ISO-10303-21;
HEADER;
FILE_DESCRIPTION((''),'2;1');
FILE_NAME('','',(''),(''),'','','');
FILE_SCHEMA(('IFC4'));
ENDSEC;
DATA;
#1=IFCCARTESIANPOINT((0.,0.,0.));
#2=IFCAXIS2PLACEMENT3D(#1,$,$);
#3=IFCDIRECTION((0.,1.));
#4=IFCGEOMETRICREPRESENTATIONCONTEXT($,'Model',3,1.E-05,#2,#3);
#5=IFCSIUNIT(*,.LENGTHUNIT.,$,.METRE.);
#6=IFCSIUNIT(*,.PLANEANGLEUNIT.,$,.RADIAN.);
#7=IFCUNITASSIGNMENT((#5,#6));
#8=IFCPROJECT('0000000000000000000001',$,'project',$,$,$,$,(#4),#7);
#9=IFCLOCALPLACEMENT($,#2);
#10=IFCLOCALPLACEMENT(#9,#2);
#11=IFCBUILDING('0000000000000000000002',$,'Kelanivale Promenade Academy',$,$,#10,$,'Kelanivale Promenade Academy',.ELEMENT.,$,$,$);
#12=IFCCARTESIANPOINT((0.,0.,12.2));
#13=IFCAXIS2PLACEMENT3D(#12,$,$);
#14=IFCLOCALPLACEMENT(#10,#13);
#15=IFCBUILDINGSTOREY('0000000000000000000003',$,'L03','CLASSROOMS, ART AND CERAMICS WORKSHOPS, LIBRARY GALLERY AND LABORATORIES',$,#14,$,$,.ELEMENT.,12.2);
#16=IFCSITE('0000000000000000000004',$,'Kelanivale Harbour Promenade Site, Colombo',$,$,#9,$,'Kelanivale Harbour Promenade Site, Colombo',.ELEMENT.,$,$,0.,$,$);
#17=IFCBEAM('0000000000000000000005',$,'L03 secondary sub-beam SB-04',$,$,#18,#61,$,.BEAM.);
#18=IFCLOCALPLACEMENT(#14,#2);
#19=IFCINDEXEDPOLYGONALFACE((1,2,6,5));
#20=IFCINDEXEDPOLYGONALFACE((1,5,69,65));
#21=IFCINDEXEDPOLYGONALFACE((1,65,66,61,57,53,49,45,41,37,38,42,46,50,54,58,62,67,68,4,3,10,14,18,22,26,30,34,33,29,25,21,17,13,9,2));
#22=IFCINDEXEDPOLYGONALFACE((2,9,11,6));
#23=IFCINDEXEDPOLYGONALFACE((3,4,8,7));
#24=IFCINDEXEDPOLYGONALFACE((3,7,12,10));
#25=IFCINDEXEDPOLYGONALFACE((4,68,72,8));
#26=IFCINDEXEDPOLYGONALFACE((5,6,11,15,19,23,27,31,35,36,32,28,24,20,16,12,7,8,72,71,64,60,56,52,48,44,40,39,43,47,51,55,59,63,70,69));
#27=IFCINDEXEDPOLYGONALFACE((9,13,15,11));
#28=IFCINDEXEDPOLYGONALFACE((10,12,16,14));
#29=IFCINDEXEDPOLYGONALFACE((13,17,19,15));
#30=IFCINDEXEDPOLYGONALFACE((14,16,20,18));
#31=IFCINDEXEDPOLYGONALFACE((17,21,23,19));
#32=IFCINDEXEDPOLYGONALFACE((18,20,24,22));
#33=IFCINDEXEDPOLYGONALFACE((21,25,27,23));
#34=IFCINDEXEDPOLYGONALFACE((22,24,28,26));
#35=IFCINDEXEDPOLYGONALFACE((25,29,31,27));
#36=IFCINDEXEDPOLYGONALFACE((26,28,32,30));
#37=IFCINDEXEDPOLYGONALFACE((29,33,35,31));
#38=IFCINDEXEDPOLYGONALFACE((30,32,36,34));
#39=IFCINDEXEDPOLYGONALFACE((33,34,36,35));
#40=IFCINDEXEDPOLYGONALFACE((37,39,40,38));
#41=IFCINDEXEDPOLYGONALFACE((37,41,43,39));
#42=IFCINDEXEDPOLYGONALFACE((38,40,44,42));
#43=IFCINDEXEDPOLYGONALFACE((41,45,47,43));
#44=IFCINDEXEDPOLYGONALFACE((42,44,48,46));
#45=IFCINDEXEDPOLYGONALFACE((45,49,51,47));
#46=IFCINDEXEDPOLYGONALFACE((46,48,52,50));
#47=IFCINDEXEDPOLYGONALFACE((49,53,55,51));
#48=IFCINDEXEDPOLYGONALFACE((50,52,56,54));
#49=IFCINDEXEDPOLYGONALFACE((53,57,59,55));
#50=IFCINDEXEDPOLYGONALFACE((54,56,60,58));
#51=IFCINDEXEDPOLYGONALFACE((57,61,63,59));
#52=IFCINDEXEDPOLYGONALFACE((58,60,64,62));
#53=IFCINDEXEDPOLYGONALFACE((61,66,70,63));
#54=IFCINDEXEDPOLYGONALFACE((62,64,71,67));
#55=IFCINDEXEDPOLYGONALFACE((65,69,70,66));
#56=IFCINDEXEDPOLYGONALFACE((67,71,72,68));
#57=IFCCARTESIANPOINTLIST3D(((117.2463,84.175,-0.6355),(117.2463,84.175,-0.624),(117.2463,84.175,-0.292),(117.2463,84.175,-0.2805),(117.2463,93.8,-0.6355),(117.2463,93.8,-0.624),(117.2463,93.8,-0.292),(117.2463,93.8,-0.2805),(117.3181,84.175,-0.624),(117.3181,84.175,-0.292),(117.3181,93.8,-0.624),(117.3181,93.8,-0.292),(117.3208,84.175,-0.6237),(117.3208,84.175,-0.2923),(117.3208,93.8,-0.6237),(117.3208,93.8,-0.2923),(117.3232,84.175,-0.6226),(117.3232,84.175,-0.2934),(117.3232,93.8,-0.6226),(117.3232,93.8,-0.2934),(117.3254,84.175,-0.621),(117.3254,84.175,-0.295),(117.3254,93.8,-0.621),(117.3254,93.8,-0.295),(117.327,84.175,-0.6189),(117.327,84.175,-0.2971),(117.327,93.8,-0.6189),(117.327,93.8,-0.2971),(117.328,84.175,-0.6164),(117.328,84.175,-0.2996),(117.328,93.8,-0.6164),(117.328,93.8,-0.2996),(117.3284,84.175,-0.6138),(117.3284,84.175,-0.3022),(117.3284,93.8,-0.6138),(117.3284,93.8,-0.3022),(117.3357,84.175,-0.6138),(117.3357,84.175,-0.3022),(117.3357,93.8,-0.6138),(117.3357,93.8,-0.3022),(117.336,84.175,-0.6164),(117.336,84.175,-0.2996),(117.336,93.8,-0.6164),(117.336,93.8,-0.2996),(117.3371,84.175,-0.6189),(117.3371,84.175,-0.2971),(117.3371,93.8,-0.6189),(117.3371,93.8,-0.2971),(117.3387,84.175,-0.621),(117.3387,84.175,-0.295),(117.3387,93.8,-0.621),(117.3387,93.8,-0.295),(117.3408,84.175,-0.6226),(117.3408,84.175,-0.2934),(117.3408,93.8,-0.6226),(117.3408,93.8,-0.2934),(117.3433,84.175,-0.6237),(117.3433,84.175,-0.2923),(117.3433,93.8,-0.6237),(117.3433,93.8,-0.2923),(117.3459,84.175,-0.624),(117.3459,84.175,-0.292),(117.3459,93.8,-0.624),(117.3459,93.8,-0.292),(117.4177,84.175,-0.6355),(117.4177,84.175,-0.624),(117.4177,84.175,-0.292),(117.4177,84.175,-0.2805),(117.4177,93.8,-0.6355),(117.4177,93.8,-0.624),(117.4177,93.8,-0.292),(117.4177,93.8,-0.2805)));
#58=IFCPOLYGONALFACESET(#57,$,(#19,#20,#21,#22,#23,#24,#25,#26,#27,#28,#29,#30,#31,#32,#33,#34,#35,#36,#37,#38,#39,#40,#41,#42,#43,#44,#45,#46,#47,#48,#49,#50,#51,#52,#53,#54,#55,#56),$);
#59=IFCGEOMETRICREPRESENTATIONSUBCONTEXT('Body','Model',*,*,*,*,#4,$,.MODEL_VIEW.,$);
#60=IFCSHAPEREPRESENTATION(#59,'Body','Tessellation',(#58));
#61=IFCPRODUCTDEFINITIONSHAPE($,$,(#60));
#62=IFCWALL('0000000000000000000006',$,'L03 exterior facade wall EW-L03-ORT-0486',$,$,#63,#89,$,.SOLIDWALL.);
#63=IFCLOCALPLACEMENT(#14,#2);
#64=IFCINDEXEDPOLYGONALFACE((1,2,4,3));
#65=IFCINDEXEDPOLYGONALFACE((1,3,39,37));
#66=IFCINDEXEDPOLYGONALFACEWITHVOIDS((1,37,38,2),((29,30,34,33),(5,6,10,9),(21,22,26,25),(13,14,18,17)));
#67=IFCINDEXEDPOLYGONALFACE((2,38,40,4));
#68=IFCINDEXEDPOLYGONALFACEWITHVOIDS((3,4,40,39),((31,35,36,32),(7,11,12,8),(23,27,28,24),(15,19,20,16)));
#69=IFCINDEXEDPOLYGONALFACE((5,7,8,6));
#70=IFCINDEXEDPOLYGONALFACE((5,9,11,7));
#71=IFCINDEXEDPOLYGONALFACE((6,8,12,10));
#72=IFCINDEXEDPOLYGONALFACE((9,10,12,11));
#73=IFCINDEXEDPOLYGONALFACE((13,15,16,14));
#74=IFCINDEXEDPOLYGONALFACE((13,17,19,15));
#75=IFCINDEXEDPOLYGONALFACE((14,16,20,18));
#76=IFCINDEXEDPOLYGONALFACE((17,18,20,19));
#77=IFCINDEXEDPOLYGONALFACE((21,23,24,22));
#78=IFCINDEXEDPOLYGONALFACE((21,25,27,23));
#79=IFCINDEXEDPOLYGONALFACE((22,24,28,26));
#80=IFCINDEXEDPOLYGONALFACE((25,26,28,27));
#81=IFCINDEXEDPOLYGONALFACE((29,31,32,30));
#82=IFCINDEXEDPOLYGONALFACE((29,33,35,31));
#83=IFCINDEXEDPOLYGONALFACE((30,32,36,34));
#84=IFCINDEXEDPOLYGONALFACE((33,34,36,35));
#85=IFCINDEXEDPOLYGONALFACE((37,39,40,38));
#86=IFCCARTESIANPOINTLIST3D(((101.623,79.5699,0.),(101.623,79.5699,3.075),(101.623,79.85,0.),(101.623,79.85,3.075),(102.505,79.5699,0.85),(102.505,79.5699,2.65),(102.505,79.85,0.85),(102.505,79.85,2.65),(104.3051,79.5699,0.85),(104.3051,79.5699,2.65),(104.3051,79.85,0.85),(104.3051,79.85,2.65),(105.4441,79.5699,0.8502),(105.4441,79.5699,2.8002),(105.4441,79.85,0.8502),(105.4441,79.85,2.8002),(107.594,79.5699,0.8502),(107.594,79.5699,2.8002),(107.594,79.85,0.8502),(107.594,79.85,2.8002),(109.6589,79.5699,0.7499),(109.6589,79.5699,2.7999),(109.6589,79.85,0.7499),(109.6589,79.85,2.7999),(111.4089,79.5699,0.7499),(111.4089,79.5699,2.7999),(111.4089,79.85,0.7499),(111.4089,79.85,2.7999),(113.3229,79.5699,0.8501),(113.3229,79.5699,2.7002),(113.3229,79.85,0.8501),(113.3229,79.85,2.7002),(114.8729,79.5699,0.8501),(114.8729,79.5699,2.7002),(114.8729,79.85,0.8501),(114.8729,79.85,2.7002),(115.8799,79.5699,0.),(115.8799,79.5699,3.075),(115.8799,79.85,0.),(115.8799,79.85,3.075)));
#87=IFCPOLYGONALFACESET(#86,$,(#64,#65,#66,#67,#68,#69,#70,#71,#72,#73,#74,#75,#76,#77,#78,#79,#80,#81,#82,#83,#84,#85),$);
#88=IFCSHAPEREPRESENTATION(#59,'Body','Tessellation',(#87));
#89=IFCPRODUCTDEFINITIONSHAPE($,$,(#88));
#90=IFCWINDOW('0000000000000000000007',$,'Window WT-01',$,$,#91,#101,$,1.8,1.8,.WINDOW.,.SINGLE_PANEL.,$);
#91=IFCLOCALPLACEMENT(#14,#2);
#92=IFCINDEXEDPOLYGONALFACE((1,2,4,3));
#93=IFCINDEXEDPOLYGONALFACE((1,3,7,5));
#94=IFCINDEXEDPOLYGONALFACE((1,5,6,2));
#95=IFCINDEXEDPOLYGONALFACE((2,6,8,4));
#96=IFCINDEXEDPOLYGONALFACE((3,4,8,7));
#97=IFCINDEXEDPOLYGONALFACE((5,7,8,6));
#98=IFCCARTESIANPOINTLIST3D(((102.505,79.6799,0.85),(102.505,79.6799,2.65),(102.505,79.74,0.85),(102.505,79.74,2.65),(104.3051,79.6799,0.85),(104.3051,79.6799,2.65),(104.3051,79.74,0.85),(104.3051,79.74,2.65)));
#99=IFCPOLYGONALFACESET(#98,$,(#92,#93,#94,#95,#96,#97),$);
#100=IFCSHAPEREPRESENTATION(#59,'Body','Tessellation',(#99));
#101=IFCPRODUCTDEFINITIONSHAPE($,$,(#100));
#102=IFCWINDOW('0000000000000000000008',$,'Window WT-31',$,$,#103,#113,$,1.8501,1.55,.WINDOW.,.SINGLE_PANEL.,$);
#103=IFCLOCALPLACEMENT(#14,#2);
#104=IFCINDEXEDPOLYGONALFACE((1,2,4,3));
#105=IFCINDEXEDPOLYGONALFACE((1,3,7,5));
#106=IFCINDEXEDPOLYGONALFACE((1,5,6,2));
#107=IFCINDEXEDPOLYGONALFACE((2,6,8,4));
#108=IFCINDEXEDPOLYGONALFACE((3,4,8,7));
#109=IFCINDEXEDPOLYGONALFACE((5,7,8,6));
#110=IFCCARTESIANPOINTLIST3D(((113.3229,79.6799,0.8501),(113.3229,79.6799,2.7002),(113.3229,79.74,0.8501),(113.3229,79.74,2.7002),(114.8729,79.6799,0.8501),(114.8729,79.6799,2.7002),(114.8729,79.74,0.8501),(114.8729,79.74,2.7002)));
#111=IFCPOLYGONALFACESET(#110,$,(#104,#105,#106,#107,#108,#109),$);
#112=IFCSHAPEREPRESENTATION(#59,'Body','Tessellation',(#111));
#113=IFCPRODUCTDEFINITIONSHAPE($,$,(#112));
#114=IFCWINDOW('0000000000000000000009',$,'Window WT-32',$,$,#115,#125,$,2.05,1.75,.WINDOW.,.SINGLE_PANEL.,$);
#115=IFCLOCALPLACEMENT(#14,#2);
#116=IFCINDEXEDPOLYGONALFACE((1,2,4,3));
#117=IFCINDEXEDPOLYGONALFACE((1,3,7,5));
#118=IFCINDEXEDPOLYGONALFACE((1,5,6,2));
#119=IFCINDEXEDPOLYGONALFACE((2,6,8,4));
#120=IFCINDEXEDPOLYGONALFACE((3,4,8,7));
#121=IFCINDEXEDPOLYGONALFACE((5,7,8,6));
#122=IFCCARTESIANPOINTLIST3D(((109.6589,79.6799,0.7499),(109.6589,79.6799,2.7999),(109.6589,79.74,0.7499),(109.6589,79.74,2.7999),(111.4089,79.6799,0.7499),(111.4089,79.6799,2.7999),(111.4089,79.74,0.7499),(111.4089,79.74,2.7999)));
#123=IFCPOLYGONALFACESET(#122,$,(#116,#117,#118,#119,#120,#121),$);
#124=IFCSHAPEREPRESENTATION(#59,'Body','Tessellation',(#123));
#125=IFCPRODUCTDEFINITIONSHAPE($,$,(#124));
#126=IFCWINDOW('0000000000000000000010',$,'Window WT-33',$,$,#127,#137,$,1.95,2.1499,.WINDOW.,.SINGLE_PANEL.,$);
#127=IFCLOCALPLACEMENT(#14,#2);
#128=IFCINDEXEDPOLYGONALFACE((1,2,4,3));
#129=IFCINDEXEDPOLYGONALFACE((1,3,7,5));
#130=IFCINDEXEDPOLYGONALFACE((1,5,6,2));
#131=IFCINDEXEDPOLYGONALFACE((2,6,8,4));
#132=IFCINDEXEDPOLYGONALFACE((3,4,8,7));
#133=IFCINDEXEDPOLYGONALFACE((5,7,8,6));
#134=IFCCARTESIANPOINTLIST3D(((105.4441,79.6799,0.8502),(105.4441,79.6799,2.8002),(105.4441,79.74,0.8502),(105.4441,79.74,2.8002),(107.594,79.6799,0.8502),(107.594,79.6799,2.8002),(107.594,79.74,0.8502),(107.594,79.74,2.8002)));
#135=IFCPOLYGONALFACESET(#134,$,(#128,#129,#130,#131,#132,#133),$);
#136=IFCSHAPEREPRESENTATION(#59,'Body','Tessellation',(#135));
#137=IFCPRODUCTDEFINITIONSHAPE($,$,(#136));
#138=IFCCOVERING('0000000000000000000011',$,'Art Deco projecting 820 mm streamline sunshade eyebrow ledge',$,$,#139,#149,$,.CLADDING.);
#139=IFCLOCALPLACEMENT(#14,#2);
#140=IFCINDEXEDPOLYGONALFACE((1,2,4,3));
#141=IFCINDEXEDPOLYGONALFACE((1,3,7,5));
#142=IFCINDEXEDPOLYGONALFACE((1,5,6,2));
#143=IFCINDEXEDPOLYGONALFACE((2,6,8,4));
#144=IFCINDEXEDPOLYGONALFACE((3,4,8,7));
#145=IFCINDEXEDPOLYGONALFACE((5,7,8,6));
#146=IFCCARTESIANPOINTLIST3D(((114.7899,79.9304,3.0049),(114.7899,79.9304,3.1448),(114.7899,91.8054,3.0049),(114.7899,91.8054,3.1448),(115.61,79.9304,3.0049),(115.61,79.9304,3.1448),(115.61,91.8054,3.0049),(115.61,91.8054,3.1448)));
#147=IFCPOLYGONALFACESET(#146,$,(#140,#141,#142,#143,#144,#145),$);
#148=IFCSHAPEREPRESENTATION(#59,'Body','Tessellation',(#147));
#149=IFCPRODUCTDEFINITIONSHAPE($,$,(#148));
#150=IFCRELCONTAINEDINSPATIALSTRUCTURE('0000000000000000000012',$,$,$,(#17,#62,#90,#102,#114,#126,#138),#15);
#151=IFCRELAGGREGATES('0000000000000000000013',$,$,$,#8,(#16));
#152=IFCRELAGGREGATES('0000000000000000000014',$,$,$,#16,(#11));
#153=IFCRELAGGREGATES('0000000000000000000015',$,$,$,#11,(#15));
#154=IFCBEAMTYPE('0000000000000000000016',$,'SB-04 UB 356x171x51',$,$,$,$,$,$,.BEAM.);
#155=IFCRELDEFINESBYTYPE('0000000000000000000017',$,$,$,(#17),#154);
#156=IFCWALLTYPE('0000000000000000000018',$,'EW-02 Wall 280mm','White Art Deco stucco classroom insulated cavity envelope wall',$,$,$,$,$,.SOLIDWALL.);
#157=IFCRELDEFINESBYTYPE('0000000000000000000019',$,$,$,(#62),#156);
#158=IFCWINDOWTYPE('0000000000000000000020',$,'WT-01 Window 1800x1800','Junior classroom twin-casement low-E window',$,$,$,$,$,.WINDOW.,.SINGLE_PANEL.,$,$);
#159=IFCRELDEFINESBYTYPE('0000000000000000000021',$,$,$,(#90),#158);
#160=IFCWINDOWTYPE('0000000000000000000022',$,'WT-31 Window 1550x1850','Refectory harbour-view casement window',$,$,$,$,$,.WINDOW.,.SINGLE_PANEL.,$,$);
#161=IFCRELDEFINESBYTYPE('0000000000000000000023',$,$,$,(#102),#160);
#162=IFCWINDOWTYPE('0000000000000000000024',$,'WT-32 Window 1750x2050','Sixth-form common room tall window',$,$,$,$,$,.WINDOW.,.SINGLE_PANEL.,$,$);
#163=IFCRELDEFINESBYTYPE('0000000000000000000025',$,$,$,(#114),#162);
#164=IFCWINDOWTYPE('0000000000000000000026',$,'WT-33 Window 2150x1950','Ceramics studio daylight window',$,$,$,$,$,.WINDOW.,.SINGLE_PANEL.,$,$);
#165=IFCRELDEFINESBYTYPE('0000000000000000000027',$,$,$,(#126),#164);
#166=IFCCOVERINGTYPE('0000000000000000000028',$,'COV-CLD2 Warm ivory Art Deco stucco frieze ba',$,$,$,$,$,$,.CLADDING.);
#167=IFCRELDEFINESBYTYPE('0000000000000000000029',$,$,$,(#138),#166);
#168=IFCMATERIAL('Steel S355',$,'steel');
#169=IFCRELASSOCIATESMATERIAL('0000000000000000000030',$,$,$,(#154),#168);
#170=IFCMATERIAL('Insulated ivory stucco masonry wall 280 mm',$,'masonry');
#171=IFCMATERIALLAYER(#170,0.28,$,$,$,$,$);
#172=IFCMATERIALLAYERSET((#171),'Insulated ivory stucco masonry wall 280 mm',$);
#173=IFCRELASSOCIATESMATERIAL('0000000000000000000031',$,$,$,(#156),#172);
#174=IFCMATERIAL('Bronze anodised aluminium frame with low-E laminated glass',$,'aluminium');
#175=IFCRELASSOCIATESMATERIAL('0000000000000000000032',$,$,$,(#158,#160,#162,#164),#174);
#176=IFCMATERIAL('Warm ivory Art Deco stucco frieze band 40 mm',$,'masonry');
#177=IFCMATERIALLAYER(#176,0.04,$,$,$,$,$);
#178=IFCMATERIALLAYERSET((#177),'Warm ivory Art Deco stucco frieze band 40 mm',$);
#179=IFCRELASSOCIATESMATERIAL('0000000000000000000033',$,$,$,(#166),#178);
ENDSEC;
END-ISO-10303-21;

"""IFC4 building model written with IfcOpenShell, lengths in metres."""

from ifc_helpers import new_model, si_unit, direction, frame, frame_2d, origin, origin_2d, place, context, subcontext, project, spatial, rectangle, i_section, extrude, material, layer, layer_set, material_profile, profile_set, type_object, element, fill, save


model = new_model("IFC4")

# Units and contexts
model_context = context("Model", 3, precision=1e-05, world=origin(), true_north=direction((0.0, 1.0)))
body_context = subcontext(model_context, "Body", "Model", "MODEL_VIEW")
ifc_project = project(units=[si_unit("LENGTHUNIT", "METRE"), si_unit("PLANEANGLEUNIT", "RADIAN")], contexts=[model_context])

# Site, building, storey
site_placement = place(None, origin())
site = spatial("IfcSite", under=ifc_project, at=site_placement, Name="Kelanivale Harbour Promenade Site, Colombo", LongName="Kelanivale Harbour Promenade Site, Colombo", CompositionType="ELEMENT", RefElevation=0.0)
building_placement = place(site_placement, origin())
building = spatial("IfcBuilding", under=site, at=building_placement, Name="Kelanivale Promenade Academy", LongName="Kelanivale Promenade Academy", CompositionType="ELEMENT")
storey_placement = place(building_placement, frame((0.0, 0.0, 12.2)))
storey = spatial("IfcBuildingStorey", under=building, at=storey_placement, Name="L03", Description="CLASSROOMS, ART AND CERAMICS WORKSHOPS, LIBRARY GALLERY AND LABORATORIES", CompositionType="ELEMENT", Elevation=12.2)

# Beam
ifc_material_1 = material(Name="Steel S355", Category="steel")
ifc_material_profile_1 = material_profile(ifc_material_1, i_section(OverallWidth=0.1714, OverallDepth=0.355, WebThickness=0.0073, FlangeThickness=0.0115, FilletRadius=0.0103, at=origin_2d()), Name="UB 356x171x51")
ifc_profile_set_1 = profile_set([ifc_material_profile_1], Name="Steel S355")
beam_type_1 = type_object("IfcBeamType", Name="SB-04 UB 356x171x51", PredefinedType="BEAM", material=ifc_profile_set_1)
beam_1_placement = place(storey_placement, frame((117.332, 84.175, -0.458), z_axis=(0.0, 1.0, 0.0), x_axis=(-1.0, 0.0, 0.0)))
element("IfcBeam", 1, at=beam_1_placement, inside=storey, type_object=beam_type_1, Name="L03 secondary sub-beam SB-04", PredefinedType="BEAM", context=body_context, shape_type="SweptSolid", body=[
    extrude(i_section(OverallWidth=0.1714, OverallDepth=0.355, WebThickness=0.0073, FlangeThickness=0.0115, FilletRadius=0.0103, at=origin_2d()), origin(), (0.0, 0.0, 1.0), 9.625),
])

# Wall, openings, windows
ifc_material_2 = material(Name="Insulated ivory stucco masonry wall 280 mm", Category="masonry")
ifc_layer_1 = layer(ifc_material_2, 0.28)
ifc_layer_set_1 = layer_set([ifc_layer_1], Name="Insulated ivory stucco masonry wall 280 mm")
wall_type = type_object("IfcWallType", Name="EW-02 Wall 280mm", Description="White Art Deco stucco classroom insulated cavity envelope wall", PredefinedType="SOLIDWALL", material=ifc_layer_set_1)
wall_placement = place(storey_placement, frame((115.8799, 79.71, 0.0), z_axis=(0.0, 0.0, 1.0), x_axis=(-1.0, 0.0, 0.0)))
wall = element("IfcWall", 2, at=wall_placement, inside=storey, type_object=wall_type, Name="L03 exterior facade wall EW-L03-ORT-0486", PredefinedType="SOLIDWALL", context=body_context, shape_type="SweptSolid", body=[
    extrude(rectangle(XDim=14.2568, YDim=0.28, at=frame_2d((7.1284, 0.0))), origin(), (0.0, 0.0, 1.0), 3.075),
])
opening_1_placement = place(wall_placement, frame((1.0071, 0.0, 0.8501)))
opening_1 = element("IfcOpeningElement", 3, at=opening_1_placement, cuts=wall, PredefinedType="OPENING", context=body_context, shape_type="SweptSolid", body=[
    extrude(rectangle(XDim=1.55, YDim=1.8501, at=frame_2d((0.7749, 0.925))), frame((0.0, 0.1499, 0.0), z_axis=(0.0, -1.0, 0.0), x_axis=(1.0, 0.0, 0.0)), (0.0, 0.0, 1.0), 0.3),
])
opening_2_placement = place(wall_placement, frame((4.4709, 0.0, 0.75)))
opening_2 = element("IfcOpeningElement", 4, at=opening_2_placement, cuts=wall, PredefinedType="OPENING", context=body_context, shape_type="SweptSolid", body=[
    extrude(rectangle(XDim=1.75, YDim=2.05, at=frame_2d((0.875, 1.0249))), frame((0.0, 0.1499, 0.0), z_axis=(0.0, -1.0, 0.0), x_axis=(1.0, 0.0, 0.0)), (0.0, 0.0, 1.0), 0.3),
])
opening_3_placement = place(wall_placement, frame((8.2859, 0.0, 0.8501)))
opening_3 = element("IfcOpeningElement", 5, at=opening_3_placement, cuts=wall, PredefinedType="OPENING", context=body_context, shape_type="SweptSolid", body=[
    extrude(rectangle(XDim=2.1499, YDim=1.95, at=frame_2d((1.075, 0.9751))), frame((0.0, 0.1499, 0.0), z_axis=(0.0, -1.0, 0.0), x_axis=(1.0, 0.0, 0.0)), (0.0, 0.0, 1.0), 0.3),
])
opening_4_placement = place(wall_placement, frame((11.575, 0.0, 0.8501)))
opening_4 = element("IfcOpeningElement", 6, at=opening_4_placement, cuts=wall, PredefinedType="OPENING", context=body_context, shape_type="SweptSolid", body=[
    extrude(rectangle(XDim=1.8, YDim=1.8, at=frame_2d((0.8999, 0.8999))), frame((0.0, 0.1499, 0.0), z_axis=(0.0, -1.0, 0.0), x_axis=(1.0, 0.0, 0.0)), (0.0, 0.0, 1.0), 0.3),
])
ifc_material_3 = material(Name="Bronze anodised aluminium frame with low-E laminated glass", Category="aluminium")
window_type_1 = type_object("IfcWindowType", Name="WT-01 Window 1800x1800", Description="Junior classroom twin-casement low-E window", PartitioningType="SINGLE_PANEL", PredefinedType="WINDOW", material=ifc_material_3)
window_1_placement = place(opening_4_placement, origin())
window_1 = element("IfcWindow", 7, at=window_1_placement, inside=storey, type_object=window_type_1, Name="Window WT-01", OverallHeight=1.8, OverallWidth=1.8, PartitioningType="SINGLE_PANEL", PredefinedType="WINDOW", context=body_context, shape_type="SweptSolid", body=[
    extrude(rectangle(XDim=1.8, YDim=1.8, at=frame_2d((0.8999, 0.8999))), frame((0.0, 0.03, 0.0), z_axis=(0.0, -1.0, 0.0), x_axis=(1.0, 0.0, 0.0)), (0.0, 0.0, 1.0), 0.0601),
])
fill(opening_4, window_1)
window_type_2 = type_object("IfcWindowType", Name="WT-31 Window 1550x1850", Description="Refectory harbour-view casement window", PartitioningType="SINGLE_PANEL", PredefinedType="WINDOW", material=ifc_material_3)
window_2_placement = place(opening_1_placement, origin())
window_2 = element("IfcWindow", 8, at=window_2_placement, inside=storey, type_object=window_type_2, Name="Window WT-31", OverallHeight=1.8501, OverallWidth=1.55, PartitioningType="SINGLE_PANEL", PredefinedType="WINDOW", context=body_context, shape_type="SweptSolid", body=[
    extrude(rectangle(XDim=1.55, YDim=1.8501, at=frame_2d((0.7749, 0.925))), frame((0.0, 0.03, 0.0), z_axis=(0.0, -1.0, 0.0), x_axis=(1.0, 0.0, 0.0)), (0.0, 0.0, 1.0), 0.0601),
])
fill(opening_1, window_2)
window_type_3 = type_object("IfcWindowType", Name="WT-32 Window 1750x2050", Description="Sixth-form common room tall window", PartitioningType="SINGLE_PANEL", PredefinedType="WINDOW", material=ifc_material_3)
window_3_placement = place(opening_2_placement, origin())
window_3 = element("IfcWindow", 9, at=window_3_placement, inside=storey, type_object=window_type_3, Name="Window WT-32", OverallHeight=2.05, OverallWidth=1.75, PartitioningType="SINGLE_PANEL", PredefinedType="WINDOW", context=body_context, shape_type="SweptSolid", body=[
    extrude(rectangle(XDim=1.75, YDim=2.05, at=frame_2d((0.875, 1.0249))), frame((0.0, 0.03, 0.0), z_axis=(0.0, -1.0, 0.0), x_axis=(1.0, 0.0, 0.0)), (0.0, 0.0, 1.0), 0.0601),
])
fill(opening_2, window_3)
window_type_4 = type_object("IfcWindowType", Name="WT-33 Window 2150x1950", Description="Ceramics studio daylight window", PartitioningType="SINGLE_PANEL", PredefinedType="WINDOW", material=ifc_material_3)
window_4_placement = place(opening_3_placement, origin())
window_4 = element("IfcWindow", 10, at=window_4_placement, inside=storey, type_object=window_type_4, Name="Window WT-33", OverallHeight=1.95, OverallWidth=2.1499, PartitioningType="SINGLE_PANEL", PredefinedType="WINDOW", context=body_context, shape_type="SweptSolid", body=[
    extrude(rectangle(XDim=2.1499, YDim=1.95, at=frame_2d((1.075, 0.9751))), frame((0.0, 0.03, 0.0), z_axis=(0.0, -1.0, 0.0), x_axis=(1.0, 0.0, 0.0)), (0.0, 0.0, 1.0), 0.0601),
])
fill(opening_3, window_4)

# Covering
ifc_material_4 = material(Name="Warm ivory Art Deco stucco frieze band 40 mm", Category="masonry")
ifc_layer_2 = layer(ifc_material_4, 0.04)
ifc_layer_set_2 = layer_set([ifc_layer_2], Name="Warm ivory Art Deco stucco frieze band 40 mm")
covering_type = type_object("IfcCoveringType", Name="COV-CLD2 Warm ivory Art Deco stucco frieze ba", PredefinedType="CLADDING", material=ifc_layer_set_2)
covering_placement = place(storey_placement, frame((115.2, 85.8679, 3.0049), z_axis=(0.0, 0.0, 1.0), x_axis=(0.0, -1.0, 0.0)))
element("IfcCovering", 11, at=covering_placement, inside=storey, type_object=covering_type, Name="Art Deco projecting 820 mm streamline sunshade eyebrow ledge", PredefinedType="CLADDING", context=body_context, shape_type="SweptSolid", body=[
    extrude(rectangle(XDim=11.875, YDim=0.8201, at=origin_2d()), origin(), (0.0, 0.0, 1.0), 0.1399),
])

save(model, "model.ifc")
